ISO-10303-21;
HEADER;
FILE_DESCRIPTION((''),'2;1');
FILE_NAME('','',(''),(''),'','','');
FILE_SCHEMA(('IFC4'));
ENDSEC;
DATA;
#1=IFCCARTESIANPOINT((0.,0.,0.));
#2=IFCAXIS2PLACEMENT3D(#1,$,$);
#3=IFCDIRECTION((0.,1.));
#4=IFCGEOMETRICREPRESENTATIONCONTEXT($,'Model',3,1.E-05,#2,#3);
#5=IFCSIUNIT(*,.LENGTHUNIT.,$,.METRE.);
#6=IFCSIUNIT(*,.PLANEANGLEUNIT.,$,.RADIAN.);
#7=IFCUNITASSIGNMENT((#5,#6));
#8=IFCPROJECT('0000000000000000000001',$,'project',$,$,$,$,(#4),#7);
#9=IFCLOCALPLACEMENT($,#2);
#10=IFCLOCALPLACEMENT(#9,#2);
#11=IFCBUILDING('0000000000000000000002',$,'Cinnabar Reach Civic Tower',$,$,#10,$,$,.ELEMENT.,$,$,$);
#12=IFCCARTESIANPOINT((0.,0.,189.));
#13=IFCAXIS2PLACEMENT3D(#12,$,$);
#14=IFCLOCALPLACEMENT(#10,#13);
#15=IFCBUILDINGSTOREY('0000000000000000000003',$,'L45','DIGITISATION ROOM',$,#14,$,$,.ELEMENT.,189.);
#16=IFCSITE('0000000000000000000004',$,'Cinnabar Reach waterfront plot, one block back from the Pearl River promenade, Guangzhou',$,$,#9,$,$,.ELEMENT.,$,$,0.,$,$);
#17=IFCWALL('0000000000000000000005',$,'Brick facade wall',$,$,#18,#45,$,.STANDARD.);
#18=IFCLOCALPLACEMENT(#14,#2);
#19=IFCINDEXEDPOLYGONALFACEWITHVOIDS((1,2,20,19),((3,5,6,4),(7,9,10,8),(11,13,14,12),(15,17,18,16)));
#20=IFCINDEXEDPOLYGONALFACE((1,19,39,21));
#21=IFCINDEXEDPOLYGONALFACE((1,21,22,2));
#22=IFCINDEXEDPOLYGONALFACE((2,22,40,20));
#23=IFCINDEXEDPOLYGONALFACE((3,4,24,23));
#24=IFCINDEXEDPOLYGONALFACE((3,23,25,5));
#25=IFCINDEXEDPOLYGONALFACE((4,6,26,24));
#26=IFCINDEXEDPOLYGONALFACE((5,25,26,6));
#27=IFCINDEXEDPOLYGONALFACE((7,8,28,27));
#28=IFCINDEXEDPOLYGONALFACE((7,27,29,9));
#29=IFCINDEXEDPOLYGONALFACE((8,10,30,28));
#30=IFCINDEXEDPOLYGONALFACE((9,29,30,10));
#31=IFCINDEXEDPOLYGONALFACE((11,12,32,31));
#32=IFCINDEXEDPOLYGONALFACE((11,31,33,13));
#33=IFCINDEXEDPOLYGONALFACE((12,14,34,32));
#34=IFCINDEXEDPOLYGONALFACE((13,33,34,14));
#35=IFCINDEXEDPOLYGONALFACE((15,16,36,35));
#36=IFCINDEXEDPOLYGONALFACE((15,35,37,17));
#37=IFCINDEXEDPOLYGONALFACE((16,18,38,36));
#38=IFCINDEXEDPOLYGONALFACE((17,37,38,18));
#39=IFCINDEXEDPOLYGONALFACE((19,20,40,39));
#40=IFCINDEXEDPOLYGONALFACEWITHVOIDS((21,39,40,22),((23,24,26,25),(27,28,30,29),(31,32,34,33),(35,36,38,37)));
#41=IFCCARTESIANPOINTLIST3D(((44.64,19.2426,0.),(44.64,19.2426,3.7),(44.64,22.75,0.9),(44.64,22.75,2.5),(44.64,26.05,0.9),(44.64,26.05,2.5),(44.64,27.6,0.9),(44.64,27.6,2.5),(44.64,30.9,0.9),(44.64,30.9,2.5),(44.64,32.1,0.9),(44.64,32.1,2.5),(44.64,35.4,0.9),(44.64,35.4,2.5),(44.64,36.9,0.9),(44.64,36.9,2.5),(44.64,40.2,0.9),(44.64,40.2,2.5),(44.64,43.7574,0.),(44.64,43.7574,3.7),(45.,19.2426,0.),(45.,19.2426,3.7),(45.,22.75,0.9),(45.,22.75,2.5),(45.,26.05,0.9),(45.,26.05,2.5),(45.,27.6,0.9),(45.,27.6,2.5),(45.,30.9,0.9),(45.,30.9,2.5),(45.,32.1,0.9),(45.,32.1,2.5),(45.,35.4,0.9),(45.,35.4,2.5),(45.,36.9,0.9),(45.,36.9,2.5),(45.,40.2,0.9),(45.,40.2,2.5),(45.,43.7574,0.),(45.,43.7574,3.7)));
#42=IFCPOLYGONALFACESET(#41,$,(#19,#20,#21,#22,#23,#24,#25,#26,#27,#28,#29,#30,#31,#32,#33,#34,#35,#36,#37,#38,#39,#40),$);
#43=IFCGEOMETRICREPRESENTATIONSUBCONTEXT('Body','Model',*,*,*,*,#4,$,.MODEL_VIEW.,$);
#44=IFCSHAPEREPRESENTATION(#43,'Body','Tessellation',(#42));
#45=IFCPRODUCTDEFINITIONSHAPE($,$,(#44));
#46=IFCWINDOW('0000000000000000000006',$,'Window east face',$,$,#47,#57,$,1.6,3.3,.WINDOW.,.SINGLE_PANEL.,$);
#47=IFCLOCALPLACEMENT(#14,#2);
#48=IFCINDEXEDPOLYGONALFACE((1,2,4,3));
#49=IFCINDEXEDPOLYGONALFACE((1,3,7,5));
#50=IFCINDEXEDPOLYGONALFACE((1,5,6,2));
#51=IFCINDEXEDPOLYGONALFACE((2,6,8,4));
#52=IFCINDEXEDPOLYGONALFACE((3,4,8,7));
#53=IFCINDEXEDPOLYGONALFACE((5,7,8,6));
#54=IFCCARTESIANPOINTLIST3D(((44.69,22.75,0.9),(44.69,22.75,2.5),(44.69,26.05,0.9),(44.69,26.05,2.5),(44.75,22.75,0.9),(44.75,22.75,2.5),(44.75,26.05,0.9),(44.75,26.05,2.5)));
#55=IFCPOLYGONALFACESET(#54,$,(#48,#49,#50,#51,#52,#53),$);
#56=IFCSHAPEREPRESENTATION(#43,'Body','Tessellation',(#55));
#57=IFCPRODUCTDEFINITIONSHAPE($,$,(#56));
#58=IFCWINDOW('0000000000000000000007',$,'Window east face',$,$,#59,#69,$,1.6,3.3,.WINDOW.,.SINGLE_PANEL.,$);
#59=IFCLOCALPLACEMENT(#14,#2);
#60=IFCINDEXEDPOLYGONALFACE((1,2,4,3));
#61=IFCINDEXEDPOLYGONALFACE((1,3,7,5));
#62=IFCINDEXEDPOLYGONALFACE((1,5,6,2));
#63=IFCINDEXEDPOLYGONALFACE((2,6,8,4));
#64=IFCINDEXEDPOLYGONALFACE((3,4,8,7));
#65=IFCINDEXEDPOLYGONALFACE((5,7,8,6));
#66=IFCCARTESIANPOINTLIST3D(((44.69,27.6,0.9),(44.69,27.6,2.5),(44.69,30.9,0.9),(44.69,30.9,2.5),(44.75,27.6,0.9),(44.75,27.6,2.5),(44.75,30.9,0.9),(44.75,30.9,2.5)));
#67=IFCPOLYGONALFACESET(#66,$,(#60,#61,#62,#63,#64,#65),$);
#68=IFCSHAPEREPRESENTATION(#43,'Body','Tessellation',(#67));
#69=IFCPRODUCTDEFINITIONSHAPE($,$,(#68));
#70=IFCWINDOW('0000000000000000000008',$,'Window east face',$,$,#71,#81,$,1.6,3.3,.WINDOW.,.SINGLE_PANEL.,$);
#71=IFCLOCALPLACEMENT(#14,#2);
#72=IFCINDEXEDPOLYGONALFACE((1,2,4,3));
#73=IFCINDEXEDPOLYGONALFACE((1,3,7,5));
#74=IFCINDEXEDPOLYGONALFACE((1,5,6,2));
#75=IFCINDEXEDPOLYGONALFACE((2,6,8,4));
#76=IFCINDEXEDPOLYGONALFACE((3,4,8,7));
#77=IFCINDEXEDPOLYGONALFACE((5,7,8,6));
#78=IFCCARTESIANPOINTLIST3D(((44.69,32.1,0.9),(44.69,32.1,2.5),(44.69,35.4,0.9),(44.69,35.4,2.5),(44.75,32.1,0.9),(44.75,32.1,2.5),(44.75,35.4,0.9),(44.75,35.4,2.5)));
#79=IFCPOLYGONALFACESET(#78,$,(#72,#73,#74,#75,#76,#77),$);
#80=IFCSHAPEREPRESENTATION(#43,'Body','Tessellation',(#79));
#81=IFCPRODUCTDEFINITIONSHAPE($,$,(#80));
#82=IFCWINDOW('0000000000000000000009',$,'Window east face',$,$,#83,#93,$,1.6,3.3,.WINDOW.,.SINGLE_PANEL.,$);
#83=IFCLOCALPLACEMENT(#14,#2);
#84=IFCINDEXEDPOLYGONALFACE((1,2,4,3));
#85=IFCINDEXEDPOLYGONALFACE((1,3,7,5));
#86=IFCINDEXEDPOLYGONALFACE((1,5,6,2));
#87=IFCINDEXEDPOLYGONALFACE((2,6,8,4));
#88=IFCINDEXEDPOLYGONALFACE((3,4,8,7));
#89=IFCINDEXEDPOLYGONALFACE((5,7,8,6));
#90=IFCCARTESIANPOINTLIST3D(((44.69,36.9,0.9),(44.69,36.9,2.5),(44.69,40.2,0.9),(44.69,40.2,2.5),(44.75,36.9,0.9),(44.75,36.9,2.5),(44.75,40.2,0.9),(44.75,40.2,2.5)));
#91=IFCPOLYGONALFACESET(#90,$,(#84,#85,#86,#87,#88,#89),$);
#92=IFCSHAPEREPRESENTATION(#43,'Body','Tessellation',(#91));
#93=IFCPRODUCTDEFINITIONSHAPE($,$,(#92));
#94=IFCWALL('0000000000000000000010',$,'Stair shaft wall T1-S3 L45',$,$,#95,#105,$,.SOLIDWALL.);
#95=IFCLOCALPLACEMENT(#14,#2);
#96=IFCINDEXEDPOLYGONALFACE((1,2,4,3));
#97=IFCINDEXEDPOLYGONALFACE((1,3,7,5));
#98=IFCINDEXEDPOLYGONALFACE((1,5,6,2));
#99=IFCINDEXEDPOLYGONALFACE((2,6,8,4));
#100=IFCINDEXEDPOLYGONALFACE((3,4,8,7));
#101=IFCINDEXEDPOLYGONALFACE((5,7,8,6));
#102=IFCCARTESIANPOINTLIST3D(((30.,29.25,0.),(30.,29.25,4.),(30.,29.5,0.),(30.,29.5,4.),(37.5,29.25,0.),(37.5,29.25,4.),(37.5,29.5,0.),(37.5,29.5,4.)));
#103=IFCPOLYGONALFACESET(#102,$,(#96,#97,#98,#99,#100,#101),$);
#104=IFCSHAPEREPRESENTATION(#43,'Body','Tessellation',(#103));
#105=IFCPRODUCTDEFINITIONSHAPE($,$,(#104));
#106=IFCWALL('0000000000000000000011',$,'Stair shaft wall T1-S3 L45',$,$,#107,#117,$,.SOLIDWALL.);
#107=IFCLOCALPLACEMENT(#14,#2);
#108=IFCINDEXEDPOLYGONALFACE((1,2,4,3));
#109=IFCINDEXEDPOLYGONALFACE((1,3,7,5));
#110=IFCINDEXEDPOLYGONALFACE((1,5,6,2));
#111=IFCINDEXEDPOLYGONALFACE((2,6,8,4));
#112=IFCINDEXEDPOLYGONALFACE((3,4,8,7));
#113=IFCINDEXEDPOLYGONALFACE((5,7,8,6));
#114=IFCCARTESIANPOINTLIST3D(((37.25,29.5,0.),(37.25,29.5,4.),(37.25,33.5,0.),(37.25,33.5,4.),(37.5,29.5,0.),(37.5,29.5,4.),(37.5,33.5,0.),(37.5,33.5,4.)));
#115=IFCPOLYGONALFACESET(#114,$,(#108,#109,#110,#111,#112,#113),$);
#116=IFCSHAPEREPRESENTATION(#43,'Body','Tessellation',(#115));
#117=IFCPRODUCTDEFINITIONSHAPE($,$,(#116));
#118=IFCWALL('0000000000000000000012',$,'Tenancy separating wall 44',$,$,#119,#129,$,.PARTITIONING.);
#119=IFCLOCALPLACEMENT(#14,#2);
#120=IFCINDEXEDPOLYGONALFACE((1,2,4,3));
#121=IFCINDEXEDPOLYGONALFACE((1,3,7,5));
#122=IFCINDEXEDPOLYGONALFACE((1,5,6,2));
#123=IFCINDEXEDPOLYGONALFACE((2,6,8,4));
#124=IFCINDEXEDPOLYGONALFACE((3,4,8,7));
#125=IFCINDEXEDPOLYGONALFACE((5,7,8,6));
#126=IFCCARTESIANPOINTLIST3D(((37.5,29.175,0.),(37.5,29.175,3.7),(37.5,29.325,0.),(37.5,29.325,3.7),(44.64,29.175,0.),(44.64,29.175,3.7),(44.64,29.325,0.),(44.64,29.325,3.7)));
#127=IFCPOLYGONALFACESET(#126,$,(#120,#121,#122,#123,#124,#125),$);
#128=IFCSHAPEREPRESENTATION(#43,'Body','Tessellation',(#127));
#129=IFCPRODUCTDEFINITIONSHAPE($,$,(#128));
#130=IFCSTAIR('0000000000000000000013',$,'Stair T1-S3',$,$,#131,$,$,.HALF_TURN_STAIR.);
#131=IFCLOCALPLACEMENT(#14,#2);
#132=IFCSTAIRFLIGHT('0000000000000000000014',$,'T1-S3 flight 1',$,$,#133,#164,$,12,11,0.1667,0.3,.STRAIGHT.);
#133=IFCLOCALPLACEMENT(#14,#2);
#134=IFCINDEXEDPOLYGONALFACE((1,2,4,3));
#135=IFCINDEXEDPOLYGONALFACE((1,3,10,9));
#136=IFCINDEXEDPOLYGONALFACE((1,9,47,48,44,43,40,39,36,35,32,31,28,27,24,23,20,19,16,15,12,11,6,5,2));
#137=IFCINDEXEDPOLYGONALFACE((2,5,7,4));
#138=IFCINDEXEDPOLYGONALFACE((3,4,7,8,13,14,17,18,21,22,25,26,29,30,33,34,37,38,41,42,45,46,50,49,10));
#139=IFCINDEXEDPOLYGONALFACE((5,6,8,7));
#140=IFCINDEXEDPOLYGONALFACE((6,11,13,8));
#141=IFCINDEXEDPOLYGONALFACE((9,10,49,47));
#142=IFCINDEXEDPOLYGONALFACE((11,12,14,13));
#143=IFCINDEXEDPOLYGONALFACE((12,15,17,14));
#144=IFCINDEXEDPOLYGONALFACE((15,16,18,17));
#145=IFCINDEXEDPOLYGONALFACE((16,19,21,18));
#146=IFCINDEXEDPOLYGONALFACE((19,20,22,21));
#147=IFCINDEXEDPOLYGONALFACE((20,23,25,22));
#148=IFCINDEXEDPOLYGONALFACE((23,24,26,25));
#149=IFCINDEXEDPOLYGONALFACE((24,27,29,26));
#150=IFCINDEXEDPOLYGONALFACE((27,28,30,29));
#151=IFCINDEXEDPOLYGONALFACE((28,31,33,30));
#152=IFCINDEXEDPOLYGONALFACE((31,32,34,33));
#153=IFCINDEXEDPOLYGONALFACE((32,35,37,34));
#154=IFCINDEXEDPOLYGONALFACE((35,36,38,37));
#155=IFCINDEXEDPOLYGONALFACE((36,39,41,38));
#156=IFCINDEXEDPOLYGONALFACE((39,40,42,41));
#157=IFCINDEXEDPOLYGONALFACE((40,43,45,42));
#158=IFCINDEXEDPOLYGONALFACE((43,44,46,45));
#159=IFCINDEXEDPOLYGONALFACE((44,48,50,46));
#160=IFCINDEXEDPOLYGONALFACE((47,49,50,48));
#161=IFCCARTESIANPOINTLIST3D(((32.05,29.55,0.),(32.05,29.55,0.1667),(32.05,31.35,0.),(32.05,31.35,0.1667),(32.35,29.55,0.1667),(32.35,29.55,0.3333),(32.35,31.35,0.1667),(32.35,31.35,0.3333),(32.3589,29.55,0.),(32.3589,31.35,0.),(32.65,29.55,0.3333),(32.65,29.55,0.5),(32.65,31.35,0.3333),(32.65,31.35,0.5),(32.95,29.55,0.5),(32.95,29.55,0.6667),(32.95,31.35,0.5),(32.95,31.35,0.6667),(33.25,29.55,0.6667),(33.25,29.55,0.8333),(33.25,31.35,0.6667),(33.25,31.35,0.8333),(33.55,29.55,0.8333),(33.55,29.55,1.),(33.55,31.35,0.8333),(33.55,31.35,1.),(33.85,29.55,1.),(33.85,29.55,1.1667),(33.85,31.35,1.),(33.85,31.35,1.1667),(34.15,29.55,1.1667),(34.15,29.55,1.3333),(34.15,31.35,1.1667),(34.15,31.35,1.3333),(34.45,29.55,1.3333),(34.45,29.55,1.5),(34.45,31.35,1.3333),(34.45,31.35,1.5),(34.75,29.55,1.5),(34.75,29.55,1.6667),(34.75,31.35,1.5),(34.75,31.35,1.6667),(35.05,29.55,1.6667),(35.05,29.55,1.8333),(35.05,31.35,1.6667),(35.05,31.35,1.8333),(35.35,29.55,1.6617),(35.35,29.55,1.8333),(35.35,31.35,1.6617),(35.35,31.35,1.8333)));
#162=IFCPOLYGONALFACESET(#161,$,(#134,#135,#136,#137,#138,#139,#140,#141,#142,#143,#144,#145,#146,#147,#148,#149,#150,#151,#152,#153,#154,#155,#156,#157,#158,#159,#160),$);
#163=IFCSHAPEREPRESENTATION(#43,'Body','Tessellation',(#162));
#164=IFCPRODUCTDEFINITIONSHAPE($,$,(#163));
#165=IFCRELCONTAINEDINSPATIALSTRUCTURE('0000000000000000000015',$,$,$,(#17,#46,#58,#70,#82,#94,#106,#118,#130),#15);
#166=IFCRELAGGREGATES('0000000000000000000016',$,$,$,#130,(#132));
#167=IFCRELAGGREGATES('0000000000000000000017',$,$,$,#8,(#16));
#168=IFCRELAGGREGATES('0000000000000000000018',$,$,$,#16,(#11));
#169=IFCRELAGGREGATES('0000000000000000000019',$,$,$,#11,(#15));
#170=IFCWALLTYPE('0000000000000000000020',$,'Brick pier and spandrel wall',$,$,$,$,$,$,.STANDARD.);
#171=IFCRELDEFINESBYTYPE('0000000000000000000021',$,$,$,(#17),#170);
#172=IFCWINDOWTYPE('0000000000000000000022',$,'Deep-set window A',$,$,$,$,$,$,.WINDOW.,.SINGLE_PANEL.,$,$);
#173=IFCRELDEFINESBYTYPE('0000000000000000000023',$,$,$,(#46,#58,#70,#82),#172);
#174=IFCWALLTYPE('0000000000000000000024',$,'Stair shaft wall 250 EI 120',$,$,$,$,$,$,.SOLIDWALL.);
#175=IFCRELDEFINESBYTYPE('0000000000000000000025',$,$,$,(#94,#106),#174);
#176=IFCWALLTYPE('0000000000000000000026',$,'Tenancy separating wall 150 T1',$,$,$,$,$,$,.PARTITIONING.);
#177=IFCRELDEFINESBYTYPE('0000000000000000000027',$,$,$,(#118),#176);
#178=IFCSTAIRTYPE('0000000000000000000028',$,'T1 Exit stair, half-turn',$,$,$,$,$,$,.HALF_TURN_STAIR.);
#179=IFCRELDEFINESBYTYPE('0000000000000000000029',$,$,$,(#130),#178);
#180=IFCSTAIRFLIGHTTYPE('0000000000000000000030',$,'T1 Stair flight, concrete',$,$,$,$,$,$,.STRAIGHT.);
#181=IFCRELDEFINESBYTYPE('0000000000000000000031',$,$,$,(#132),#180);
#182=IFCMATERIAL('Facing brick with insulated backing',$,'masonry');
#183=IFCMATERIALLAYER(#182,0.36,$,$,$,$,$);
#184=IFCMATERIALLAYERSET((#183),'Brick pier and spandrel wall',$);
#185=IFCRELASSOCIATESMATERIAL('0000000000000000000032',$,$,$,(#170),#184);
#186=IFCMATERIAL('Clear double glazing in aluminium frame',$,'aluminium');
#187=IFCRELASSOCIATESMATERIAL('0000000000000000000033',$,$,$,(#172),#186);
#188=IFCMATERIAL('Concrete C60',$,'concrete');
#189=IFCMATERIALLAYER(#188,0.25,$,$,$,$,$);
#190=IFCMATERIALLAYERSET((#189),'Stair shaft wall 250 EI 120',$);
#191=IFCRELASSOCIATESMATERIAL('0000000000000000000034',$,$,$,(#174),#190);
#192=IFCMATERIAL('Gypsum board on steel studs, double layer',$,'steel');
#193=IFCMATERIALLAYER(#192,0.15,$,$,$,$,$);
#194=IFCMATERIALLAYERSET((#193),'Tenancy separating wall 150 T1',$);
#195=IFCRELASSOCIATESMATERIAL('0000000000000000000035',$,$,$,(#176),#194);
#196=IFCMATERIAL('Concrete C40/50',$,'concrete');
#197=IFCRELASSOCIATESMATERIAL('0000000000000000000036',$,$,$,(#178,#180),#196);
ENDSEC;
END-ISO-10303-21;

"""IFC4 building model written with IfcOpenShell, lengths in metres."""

from ifc_helpers import new_model, si_unit, direction, frame, frame_2d, origin, place, context, subcontext, project, spatial, polyline, rectangle, outline, extrude, material, layer, layer_set, type_object, element, fill, aggregate, save


model = new_model("IFC4")

# Units and contexts
model_context = context("Model", 3, precision=1e-05, world=origin(), true_north=direction((0.0, 1.0)))
body_context = subcontext(model_context, "Body", "Model", "MODEL_VIEW")
ifc_project = project(units=[si_unit("LENGTHUNIT", "METRE"), si_unit("PLANEANGLEUNIT", "RADIAN")], contexts=[model_context])

# Site, building, storey
site_placement = place(None, origin())
site = spatial("IfcSite", under=ifc_project, at=site_placement, Name="Cinnabar Reach waterfront plot, one block back from the Pearl River promenade, Guangzhou", CompositionType="ELEMENT", RefElevation=0.0)
building_placement = place(site_placement, origin())
building = spatial("IfcBuilding", under=site, at=building_placement, Name="Cinnabar Reach Civic Tower", CompositionType="ELEMENT")
storey_placement = place(building_placement, frame((0.0, 0.0, 189.0)))
storey = spatial("IfcBuildingStorey", under=building, at=storey_placement, Name="L45", Description="DIGITISATION ROOM", CompositionType="ELEMENT", Elevation=189.0)

# Shared definitions
ifc_material_1 = material(Name="Facing brick with insulated backing", Category="masonry")

# Wall, openings, windows
ifc_layer_1 = layer(ifc_material_1, 0.36)
ifc_layer_set_1 = layer_set([ifc_layer_1], Name="Brick pier and spandrel wall")
wall_type_1 = type_object("IfcWallType", Name="Brick pier and spandrel wall", PredefinedType="STANDARD", material=ifc_layer_set_1)
wall_1_placement = place(storey_placement, frame((44.82, 19.2426, 0.0), z_axis=(0.0, 0.0, 1.0), x_axis=(0.0, 1.0, 0.0)))
wall_1 = element("IfcWall", 1, at=wall_1_placement, inside=storey, type_object=wall_type_1, Name="Brick facade wall", PredefinedType="STANDARD", context=body_context, shape_type="SweptSolid", body=[
    extrude(rectangle(XDim=24.5148, YDim=0.36, at=frame_2d((12.2574, 0.0))), origin(), (0.0, 0.0, 1.0), 3.7),
])
opening_1_placement = place(wall_1_placement, frame((3.5074, 0.0, 0.9)))
opening_1 = element("IfcOpeningElement", 2, at=opening_1_placement, cuts=wall_1, PredefinedType="OPENING", context=body_context, shape_type="SweptSolid", body=[
    extrude(rectangle(XDim=3.3, YDim=1.6, at=frame_2d((1.65, 0.8))), frame((0.0, 0.19, 0.0), z_axis=(0.0, -1.0, 0.0), x_axis=(1.0, 0.0, 0.0)), (0.0, 0.0, 1.0), 0.38),
])
opening_2_placement = place(wall_1_placement, frame((8.3574, 0.0, 0.9)))
opening_2 = element("IfcOpeningElement", 3, at=opening_2_placement, cuts=wall_1, PredefinedType="OPENING", context=body_context, shape_type="SweptSolid", body=[
    extrude(rectangle(XDim=3.3, YDim=1.6, at=frame_2d((1.65, 0.8))), frame((0.0, 0.19, 0.0), z_axis=(0.0, -1.0, 0.0), x_axis=(1.0, 0.0, 0.0)), (0.0, 0.0, 1.0), 0.38),
])
opening_3_placement = place(wall_1_placement, frame((12.8574, 0.0, 0.9)))
opening_3 = element("IfcOpeningElement", 4, at=opening_3_placement, cuts=wall_1, PredefinedType="OPENING", context=body_context, shape_type="SweptSolid", body=[
    extrude(rectangle(XDim=3.3, YDim=1.6, at=frame_2d((1.65, 0.8))), frame((0.0, 0.19, 0.0), z_axis=(0.0, -1.0, 0.0), x_axis=(1.0, 0.0, 0.0)), (0.0, 0.0, 1.0), 0.38),
])
opening_4_placement = place(wall_1_placement, frame((17.6574, 0.0, 0.9)))
opening_4 = element("IfcOpeningElement", 5, at=opening_4_placement, cuts=wall_1, PredefinedType="OPENING", context=body_context, shape_type="SweptSolid", body=[
    extrude(rectangle(XDim=3.3, YDim=1.6, at=frame_2d((1.65, 0.8))), frame((0.0, 0.19, 0.0), z_axis=(0.0, -1.0, 0.0), x_axis=(1.0, 0.0, 0.0)), (0.0, 0.0, 1.0), 0.38),
])
ifc_material_2 = material(Name="Clear double glazing in aluminium frame", Category="aluminium")
window_type = type_object("IfcWindowType", Name="Deep-set window A", PartitioningType="SINGLE_PANEL", PredefinedType="WINDOW", material=ifc_material_2)
window_1_placement = place(opening_1_placement, origin())
window_1 = element("IfcWindow", 6, at=window_1_placement, inside=storey, type_object=window_type, Name="Window east face", OverallHeight=1.6, OverallWidth=3.3, PartitioningType="SINGLE_PANEL", PredefinedType="WINDOW", context=body_context, shape_type="SweptSolid", body=[
    extrude(rectangle(XDim=3.3, YDim=1.6, at=frame_2d((1.65, 0.8))), frame((0.0, 0.13, 0.0), z_axis=(0.0, -1.0, 0.0), x_axis=(1.0, 0.0, 0.0)), (0.0, 0.0, 1.0), 0.06),
])
fill(opening_1, window_1)
window_2_placement = place(opening_2_placement, origin())
window_2 = element("IfcWindow", 7, at=window_2_placement, inside=storey, type_object=window_type, Name="Window east face", OverallHeight=1.6, OverallWidth=3.3, PartitioningType="SINGLE_PANEL", PredefinedType="WINDOW", context=body_context, shape_type="SweptSolid", body=[
    extrude(rectangle(XDim=3.3, YDim=1.6, at=frame_2d((1.65, 0.8))), frame((0.0, 0.13, 0.0), z_axis=(0.0, -1.0, 0.0), x_axis=(1.0, 0.0, 0.0)), (0.0, 0.0, 1.0), 0.06),
])
fill(opening_2, window_2)
window_3_placement = place(opening_3_placement, origin())
window_3 = element("IfcWindow", 8, at=window_3_placement, inside=storey, type_object=window_type, Name="Window east face", OverallHeight=1.6, OverallWidth=3.3, PartitioningType="SINGLE_PANEL", PredefinedType="WINDOW", context=body_context, shape_type="SweptSolid", body=[
    extrude(rectangle(XDim=3.3, YDim=1.6, at=frame_2d((1.65, 0.8))), frame((0.0, 0.13, 0.0), z_axis=(0.0, -1.0, 0.0), x_axis=(1.0, 0.0, 0.0)), (0.0, 0.0, 1.0), 0.06),
])
fill(opening_3, window_3)
window_4_placement = place(opening_4_placement, origin())
window_4 = element("IfcWindow", 9, at=window_4_placement, inside=storey, type_object=window_type, Name="Window east face", OverallHeight=1.6, OverallWidth=3.3, PartitioningType="SINGLE_PANEL", PredefinedType="WINDOW", context=body_context, shape_type="SweptSolid", body=[
    extrude(rectangle(XDim=3.3, YDim=1.6, at=frame_2d((1.65, 0.8))), frame((0.0, 0.13, 0.0), z_axis=(0.0, -1.0, 0.0), x_axis=(1.0, 0.0, 0.0)), (0.0, 0.0, 1.0), 0.06),
])
fill(opening_4, window_4)

# Walls
ifc_material_3 = material(Name="Concrete C60", Category="concrete")
ifc_layer_2 = layer(ifc_material_3, 0.25)
ifc_layer_set_2 = layer_set([ifc_layer_2], Name="Stair shaft wall 250 EI 120")
wall_type_2 = type_object("IfcWallType", Name="Stair shaft wall 250 EI 120", PredefinedType="SOLIDWALL", material=ifc_layer_set_2)
wall_2_placement = place(storey_placement, frame((30.0, 29.375, 0.0), z_axis=(0.0, 0.0, 1.0), x_axis=(1.0, 0.0, 0.0)))
element("IfcWall", 10, at=wall_2_placement, inside=storey, type_object=wall_type_2, Name="Stair shaft wall T1-S3 L45", PredefinedType="SOLIDWALL", context=body_context, shape_type="SweptSolid", body=[
    extrude(rectangle(XDim=7.5, YDim=0.25, at=frame_2d((3.75, 0.0))), origin(), (0.0, 0.0, 1.0), 4.0),
])
wall_3_placement = place(storey_placement, frame((37.375, 29.5, 0.0), z_axis=(0.0, 0.0, 1.0), x_axis=(0.0, 1.0, 0.0)))
element("IfcWall", 11, at=wall_3_placement, inside=storey, type_object=wall_type_2, Name="Stair shaft wall T1-S3 L45", PredefinedType="SOLIDWALL", context=body_context, shape_type="SweptSolid", body=[
    extrude(rectangle(XDim=4.0, YDim=0.25, at=frame_2d((2.0, 0.0))), origin(), (0.0, 0.0, 1.0), 4.0),
])
ifc_material_4 = material(Name="Gypsum board on steel studs, double layer", Category="steel")
ifc_layer_3 = layer(ifc_material_4, 0.15)
ifc_layer_set_3 = layer_set([ifc_layer_3], Name="Tenancy separating wall 150 T1")
wall_type_3 = type_object("IfcWallType", Name="Tenancy separating wall 150 T1", PredefinedType="PARTITIONING", material=ifc_layer_set_3)
wall_4_placement = place(storey_placement, frame((37.5, 29.25, 0.0), z_axis=(0.0, 0.0, 1.0), x_axis=(1.0, 0.0, 0.0)))
element("IfcWall", 12, at=wall_4_placement, inside=storey, type_object=wall_type_3, Name="Tenancy separating wall 44", PredefinedType="PARTITIONING", context=body_context, shape_type="SweptSolid", body=[
    extrude(rectangle(XDim=7.14, YDim=0.15, at=frame_2d((3.57, 0.0))), origin(), (0.0, 0.0, 1.0), 3.7),
])

# Stair, stair flight
ifc_material_5 = material(Name="Concrete C40/50", Category="concrete")
stair_type = type_object("IfcStairType", Name="T1 Exit stair, half-turn", PredefinedType="HALF_TURN_STAIR", material=ifc_material_5)
stair_placement = place(storey_placement, origin())
stair = element("IfcStair", 13, at=stair_placement, inside=storey, type_object=stair_type, Name="Stair T1-S3", PredefinedType="HALF_TURN_STAIR")
stair_flight_type = type_object("IfcStairFlightType", Name="T1 Stair flight, concrete", PredefinedType="STRAIGHT", material=ifc_material_5)
stair_flight_placement = place(storey_placement, frame((32.05, 30.45, 0.0), z_axis=(0.0, 0.0, 1.0), x_axis=(1.0, 0.0, 0.0)))
stair_flight = element("IfcStairFlight", 14, at=stair_flight_placement, type_object=stair_flight_type, Name="T1-S3 flight 1", NumberOfRisers=12, NumberOfTreads=11, PredefinedType="STRAIGHT", RiserHeight=0.1667, TreadLength=0.3, context=body_context, shape_type="SweptSolid", body=[
    extrude(outline(polyline([(0.0, 0.0), (0.0, 0.1667), (0.3, 0.1667), (0.3, 0.3333), (0.6, 0.3333), (0.6, 0.5), (0.9, 0.5), (0.9, 0.6667), (1.2, 0.6667), (1.2, 0.8333), (1.5, 0.8333), (1.5, 1.0), (1.8, 1.0), (1.8, 1.1667), (2.1, 1.1667), (2.1, 1.3333), (2.4, 1.3333), (2.4, 1.5), (2.7, 1.5), (2.7, 1.6667), (3.0, 1.6667), (3.0, 1.8333), (3.3, 1.8333), (3.3, 2.0), (3.3, 1.6617), (0.3089, 0.0), (0.0, 0.0)])), frame((0.0, 0.9, 0.0), z_axis=(0.0, -1.0, 0.0), x_axis=(1.0, 0.0, 0.0)), (0.0, 0.0, 1.0), 1.8),
])
aggregate(stair, [stair_flight])

save(model, "model.ifc")
